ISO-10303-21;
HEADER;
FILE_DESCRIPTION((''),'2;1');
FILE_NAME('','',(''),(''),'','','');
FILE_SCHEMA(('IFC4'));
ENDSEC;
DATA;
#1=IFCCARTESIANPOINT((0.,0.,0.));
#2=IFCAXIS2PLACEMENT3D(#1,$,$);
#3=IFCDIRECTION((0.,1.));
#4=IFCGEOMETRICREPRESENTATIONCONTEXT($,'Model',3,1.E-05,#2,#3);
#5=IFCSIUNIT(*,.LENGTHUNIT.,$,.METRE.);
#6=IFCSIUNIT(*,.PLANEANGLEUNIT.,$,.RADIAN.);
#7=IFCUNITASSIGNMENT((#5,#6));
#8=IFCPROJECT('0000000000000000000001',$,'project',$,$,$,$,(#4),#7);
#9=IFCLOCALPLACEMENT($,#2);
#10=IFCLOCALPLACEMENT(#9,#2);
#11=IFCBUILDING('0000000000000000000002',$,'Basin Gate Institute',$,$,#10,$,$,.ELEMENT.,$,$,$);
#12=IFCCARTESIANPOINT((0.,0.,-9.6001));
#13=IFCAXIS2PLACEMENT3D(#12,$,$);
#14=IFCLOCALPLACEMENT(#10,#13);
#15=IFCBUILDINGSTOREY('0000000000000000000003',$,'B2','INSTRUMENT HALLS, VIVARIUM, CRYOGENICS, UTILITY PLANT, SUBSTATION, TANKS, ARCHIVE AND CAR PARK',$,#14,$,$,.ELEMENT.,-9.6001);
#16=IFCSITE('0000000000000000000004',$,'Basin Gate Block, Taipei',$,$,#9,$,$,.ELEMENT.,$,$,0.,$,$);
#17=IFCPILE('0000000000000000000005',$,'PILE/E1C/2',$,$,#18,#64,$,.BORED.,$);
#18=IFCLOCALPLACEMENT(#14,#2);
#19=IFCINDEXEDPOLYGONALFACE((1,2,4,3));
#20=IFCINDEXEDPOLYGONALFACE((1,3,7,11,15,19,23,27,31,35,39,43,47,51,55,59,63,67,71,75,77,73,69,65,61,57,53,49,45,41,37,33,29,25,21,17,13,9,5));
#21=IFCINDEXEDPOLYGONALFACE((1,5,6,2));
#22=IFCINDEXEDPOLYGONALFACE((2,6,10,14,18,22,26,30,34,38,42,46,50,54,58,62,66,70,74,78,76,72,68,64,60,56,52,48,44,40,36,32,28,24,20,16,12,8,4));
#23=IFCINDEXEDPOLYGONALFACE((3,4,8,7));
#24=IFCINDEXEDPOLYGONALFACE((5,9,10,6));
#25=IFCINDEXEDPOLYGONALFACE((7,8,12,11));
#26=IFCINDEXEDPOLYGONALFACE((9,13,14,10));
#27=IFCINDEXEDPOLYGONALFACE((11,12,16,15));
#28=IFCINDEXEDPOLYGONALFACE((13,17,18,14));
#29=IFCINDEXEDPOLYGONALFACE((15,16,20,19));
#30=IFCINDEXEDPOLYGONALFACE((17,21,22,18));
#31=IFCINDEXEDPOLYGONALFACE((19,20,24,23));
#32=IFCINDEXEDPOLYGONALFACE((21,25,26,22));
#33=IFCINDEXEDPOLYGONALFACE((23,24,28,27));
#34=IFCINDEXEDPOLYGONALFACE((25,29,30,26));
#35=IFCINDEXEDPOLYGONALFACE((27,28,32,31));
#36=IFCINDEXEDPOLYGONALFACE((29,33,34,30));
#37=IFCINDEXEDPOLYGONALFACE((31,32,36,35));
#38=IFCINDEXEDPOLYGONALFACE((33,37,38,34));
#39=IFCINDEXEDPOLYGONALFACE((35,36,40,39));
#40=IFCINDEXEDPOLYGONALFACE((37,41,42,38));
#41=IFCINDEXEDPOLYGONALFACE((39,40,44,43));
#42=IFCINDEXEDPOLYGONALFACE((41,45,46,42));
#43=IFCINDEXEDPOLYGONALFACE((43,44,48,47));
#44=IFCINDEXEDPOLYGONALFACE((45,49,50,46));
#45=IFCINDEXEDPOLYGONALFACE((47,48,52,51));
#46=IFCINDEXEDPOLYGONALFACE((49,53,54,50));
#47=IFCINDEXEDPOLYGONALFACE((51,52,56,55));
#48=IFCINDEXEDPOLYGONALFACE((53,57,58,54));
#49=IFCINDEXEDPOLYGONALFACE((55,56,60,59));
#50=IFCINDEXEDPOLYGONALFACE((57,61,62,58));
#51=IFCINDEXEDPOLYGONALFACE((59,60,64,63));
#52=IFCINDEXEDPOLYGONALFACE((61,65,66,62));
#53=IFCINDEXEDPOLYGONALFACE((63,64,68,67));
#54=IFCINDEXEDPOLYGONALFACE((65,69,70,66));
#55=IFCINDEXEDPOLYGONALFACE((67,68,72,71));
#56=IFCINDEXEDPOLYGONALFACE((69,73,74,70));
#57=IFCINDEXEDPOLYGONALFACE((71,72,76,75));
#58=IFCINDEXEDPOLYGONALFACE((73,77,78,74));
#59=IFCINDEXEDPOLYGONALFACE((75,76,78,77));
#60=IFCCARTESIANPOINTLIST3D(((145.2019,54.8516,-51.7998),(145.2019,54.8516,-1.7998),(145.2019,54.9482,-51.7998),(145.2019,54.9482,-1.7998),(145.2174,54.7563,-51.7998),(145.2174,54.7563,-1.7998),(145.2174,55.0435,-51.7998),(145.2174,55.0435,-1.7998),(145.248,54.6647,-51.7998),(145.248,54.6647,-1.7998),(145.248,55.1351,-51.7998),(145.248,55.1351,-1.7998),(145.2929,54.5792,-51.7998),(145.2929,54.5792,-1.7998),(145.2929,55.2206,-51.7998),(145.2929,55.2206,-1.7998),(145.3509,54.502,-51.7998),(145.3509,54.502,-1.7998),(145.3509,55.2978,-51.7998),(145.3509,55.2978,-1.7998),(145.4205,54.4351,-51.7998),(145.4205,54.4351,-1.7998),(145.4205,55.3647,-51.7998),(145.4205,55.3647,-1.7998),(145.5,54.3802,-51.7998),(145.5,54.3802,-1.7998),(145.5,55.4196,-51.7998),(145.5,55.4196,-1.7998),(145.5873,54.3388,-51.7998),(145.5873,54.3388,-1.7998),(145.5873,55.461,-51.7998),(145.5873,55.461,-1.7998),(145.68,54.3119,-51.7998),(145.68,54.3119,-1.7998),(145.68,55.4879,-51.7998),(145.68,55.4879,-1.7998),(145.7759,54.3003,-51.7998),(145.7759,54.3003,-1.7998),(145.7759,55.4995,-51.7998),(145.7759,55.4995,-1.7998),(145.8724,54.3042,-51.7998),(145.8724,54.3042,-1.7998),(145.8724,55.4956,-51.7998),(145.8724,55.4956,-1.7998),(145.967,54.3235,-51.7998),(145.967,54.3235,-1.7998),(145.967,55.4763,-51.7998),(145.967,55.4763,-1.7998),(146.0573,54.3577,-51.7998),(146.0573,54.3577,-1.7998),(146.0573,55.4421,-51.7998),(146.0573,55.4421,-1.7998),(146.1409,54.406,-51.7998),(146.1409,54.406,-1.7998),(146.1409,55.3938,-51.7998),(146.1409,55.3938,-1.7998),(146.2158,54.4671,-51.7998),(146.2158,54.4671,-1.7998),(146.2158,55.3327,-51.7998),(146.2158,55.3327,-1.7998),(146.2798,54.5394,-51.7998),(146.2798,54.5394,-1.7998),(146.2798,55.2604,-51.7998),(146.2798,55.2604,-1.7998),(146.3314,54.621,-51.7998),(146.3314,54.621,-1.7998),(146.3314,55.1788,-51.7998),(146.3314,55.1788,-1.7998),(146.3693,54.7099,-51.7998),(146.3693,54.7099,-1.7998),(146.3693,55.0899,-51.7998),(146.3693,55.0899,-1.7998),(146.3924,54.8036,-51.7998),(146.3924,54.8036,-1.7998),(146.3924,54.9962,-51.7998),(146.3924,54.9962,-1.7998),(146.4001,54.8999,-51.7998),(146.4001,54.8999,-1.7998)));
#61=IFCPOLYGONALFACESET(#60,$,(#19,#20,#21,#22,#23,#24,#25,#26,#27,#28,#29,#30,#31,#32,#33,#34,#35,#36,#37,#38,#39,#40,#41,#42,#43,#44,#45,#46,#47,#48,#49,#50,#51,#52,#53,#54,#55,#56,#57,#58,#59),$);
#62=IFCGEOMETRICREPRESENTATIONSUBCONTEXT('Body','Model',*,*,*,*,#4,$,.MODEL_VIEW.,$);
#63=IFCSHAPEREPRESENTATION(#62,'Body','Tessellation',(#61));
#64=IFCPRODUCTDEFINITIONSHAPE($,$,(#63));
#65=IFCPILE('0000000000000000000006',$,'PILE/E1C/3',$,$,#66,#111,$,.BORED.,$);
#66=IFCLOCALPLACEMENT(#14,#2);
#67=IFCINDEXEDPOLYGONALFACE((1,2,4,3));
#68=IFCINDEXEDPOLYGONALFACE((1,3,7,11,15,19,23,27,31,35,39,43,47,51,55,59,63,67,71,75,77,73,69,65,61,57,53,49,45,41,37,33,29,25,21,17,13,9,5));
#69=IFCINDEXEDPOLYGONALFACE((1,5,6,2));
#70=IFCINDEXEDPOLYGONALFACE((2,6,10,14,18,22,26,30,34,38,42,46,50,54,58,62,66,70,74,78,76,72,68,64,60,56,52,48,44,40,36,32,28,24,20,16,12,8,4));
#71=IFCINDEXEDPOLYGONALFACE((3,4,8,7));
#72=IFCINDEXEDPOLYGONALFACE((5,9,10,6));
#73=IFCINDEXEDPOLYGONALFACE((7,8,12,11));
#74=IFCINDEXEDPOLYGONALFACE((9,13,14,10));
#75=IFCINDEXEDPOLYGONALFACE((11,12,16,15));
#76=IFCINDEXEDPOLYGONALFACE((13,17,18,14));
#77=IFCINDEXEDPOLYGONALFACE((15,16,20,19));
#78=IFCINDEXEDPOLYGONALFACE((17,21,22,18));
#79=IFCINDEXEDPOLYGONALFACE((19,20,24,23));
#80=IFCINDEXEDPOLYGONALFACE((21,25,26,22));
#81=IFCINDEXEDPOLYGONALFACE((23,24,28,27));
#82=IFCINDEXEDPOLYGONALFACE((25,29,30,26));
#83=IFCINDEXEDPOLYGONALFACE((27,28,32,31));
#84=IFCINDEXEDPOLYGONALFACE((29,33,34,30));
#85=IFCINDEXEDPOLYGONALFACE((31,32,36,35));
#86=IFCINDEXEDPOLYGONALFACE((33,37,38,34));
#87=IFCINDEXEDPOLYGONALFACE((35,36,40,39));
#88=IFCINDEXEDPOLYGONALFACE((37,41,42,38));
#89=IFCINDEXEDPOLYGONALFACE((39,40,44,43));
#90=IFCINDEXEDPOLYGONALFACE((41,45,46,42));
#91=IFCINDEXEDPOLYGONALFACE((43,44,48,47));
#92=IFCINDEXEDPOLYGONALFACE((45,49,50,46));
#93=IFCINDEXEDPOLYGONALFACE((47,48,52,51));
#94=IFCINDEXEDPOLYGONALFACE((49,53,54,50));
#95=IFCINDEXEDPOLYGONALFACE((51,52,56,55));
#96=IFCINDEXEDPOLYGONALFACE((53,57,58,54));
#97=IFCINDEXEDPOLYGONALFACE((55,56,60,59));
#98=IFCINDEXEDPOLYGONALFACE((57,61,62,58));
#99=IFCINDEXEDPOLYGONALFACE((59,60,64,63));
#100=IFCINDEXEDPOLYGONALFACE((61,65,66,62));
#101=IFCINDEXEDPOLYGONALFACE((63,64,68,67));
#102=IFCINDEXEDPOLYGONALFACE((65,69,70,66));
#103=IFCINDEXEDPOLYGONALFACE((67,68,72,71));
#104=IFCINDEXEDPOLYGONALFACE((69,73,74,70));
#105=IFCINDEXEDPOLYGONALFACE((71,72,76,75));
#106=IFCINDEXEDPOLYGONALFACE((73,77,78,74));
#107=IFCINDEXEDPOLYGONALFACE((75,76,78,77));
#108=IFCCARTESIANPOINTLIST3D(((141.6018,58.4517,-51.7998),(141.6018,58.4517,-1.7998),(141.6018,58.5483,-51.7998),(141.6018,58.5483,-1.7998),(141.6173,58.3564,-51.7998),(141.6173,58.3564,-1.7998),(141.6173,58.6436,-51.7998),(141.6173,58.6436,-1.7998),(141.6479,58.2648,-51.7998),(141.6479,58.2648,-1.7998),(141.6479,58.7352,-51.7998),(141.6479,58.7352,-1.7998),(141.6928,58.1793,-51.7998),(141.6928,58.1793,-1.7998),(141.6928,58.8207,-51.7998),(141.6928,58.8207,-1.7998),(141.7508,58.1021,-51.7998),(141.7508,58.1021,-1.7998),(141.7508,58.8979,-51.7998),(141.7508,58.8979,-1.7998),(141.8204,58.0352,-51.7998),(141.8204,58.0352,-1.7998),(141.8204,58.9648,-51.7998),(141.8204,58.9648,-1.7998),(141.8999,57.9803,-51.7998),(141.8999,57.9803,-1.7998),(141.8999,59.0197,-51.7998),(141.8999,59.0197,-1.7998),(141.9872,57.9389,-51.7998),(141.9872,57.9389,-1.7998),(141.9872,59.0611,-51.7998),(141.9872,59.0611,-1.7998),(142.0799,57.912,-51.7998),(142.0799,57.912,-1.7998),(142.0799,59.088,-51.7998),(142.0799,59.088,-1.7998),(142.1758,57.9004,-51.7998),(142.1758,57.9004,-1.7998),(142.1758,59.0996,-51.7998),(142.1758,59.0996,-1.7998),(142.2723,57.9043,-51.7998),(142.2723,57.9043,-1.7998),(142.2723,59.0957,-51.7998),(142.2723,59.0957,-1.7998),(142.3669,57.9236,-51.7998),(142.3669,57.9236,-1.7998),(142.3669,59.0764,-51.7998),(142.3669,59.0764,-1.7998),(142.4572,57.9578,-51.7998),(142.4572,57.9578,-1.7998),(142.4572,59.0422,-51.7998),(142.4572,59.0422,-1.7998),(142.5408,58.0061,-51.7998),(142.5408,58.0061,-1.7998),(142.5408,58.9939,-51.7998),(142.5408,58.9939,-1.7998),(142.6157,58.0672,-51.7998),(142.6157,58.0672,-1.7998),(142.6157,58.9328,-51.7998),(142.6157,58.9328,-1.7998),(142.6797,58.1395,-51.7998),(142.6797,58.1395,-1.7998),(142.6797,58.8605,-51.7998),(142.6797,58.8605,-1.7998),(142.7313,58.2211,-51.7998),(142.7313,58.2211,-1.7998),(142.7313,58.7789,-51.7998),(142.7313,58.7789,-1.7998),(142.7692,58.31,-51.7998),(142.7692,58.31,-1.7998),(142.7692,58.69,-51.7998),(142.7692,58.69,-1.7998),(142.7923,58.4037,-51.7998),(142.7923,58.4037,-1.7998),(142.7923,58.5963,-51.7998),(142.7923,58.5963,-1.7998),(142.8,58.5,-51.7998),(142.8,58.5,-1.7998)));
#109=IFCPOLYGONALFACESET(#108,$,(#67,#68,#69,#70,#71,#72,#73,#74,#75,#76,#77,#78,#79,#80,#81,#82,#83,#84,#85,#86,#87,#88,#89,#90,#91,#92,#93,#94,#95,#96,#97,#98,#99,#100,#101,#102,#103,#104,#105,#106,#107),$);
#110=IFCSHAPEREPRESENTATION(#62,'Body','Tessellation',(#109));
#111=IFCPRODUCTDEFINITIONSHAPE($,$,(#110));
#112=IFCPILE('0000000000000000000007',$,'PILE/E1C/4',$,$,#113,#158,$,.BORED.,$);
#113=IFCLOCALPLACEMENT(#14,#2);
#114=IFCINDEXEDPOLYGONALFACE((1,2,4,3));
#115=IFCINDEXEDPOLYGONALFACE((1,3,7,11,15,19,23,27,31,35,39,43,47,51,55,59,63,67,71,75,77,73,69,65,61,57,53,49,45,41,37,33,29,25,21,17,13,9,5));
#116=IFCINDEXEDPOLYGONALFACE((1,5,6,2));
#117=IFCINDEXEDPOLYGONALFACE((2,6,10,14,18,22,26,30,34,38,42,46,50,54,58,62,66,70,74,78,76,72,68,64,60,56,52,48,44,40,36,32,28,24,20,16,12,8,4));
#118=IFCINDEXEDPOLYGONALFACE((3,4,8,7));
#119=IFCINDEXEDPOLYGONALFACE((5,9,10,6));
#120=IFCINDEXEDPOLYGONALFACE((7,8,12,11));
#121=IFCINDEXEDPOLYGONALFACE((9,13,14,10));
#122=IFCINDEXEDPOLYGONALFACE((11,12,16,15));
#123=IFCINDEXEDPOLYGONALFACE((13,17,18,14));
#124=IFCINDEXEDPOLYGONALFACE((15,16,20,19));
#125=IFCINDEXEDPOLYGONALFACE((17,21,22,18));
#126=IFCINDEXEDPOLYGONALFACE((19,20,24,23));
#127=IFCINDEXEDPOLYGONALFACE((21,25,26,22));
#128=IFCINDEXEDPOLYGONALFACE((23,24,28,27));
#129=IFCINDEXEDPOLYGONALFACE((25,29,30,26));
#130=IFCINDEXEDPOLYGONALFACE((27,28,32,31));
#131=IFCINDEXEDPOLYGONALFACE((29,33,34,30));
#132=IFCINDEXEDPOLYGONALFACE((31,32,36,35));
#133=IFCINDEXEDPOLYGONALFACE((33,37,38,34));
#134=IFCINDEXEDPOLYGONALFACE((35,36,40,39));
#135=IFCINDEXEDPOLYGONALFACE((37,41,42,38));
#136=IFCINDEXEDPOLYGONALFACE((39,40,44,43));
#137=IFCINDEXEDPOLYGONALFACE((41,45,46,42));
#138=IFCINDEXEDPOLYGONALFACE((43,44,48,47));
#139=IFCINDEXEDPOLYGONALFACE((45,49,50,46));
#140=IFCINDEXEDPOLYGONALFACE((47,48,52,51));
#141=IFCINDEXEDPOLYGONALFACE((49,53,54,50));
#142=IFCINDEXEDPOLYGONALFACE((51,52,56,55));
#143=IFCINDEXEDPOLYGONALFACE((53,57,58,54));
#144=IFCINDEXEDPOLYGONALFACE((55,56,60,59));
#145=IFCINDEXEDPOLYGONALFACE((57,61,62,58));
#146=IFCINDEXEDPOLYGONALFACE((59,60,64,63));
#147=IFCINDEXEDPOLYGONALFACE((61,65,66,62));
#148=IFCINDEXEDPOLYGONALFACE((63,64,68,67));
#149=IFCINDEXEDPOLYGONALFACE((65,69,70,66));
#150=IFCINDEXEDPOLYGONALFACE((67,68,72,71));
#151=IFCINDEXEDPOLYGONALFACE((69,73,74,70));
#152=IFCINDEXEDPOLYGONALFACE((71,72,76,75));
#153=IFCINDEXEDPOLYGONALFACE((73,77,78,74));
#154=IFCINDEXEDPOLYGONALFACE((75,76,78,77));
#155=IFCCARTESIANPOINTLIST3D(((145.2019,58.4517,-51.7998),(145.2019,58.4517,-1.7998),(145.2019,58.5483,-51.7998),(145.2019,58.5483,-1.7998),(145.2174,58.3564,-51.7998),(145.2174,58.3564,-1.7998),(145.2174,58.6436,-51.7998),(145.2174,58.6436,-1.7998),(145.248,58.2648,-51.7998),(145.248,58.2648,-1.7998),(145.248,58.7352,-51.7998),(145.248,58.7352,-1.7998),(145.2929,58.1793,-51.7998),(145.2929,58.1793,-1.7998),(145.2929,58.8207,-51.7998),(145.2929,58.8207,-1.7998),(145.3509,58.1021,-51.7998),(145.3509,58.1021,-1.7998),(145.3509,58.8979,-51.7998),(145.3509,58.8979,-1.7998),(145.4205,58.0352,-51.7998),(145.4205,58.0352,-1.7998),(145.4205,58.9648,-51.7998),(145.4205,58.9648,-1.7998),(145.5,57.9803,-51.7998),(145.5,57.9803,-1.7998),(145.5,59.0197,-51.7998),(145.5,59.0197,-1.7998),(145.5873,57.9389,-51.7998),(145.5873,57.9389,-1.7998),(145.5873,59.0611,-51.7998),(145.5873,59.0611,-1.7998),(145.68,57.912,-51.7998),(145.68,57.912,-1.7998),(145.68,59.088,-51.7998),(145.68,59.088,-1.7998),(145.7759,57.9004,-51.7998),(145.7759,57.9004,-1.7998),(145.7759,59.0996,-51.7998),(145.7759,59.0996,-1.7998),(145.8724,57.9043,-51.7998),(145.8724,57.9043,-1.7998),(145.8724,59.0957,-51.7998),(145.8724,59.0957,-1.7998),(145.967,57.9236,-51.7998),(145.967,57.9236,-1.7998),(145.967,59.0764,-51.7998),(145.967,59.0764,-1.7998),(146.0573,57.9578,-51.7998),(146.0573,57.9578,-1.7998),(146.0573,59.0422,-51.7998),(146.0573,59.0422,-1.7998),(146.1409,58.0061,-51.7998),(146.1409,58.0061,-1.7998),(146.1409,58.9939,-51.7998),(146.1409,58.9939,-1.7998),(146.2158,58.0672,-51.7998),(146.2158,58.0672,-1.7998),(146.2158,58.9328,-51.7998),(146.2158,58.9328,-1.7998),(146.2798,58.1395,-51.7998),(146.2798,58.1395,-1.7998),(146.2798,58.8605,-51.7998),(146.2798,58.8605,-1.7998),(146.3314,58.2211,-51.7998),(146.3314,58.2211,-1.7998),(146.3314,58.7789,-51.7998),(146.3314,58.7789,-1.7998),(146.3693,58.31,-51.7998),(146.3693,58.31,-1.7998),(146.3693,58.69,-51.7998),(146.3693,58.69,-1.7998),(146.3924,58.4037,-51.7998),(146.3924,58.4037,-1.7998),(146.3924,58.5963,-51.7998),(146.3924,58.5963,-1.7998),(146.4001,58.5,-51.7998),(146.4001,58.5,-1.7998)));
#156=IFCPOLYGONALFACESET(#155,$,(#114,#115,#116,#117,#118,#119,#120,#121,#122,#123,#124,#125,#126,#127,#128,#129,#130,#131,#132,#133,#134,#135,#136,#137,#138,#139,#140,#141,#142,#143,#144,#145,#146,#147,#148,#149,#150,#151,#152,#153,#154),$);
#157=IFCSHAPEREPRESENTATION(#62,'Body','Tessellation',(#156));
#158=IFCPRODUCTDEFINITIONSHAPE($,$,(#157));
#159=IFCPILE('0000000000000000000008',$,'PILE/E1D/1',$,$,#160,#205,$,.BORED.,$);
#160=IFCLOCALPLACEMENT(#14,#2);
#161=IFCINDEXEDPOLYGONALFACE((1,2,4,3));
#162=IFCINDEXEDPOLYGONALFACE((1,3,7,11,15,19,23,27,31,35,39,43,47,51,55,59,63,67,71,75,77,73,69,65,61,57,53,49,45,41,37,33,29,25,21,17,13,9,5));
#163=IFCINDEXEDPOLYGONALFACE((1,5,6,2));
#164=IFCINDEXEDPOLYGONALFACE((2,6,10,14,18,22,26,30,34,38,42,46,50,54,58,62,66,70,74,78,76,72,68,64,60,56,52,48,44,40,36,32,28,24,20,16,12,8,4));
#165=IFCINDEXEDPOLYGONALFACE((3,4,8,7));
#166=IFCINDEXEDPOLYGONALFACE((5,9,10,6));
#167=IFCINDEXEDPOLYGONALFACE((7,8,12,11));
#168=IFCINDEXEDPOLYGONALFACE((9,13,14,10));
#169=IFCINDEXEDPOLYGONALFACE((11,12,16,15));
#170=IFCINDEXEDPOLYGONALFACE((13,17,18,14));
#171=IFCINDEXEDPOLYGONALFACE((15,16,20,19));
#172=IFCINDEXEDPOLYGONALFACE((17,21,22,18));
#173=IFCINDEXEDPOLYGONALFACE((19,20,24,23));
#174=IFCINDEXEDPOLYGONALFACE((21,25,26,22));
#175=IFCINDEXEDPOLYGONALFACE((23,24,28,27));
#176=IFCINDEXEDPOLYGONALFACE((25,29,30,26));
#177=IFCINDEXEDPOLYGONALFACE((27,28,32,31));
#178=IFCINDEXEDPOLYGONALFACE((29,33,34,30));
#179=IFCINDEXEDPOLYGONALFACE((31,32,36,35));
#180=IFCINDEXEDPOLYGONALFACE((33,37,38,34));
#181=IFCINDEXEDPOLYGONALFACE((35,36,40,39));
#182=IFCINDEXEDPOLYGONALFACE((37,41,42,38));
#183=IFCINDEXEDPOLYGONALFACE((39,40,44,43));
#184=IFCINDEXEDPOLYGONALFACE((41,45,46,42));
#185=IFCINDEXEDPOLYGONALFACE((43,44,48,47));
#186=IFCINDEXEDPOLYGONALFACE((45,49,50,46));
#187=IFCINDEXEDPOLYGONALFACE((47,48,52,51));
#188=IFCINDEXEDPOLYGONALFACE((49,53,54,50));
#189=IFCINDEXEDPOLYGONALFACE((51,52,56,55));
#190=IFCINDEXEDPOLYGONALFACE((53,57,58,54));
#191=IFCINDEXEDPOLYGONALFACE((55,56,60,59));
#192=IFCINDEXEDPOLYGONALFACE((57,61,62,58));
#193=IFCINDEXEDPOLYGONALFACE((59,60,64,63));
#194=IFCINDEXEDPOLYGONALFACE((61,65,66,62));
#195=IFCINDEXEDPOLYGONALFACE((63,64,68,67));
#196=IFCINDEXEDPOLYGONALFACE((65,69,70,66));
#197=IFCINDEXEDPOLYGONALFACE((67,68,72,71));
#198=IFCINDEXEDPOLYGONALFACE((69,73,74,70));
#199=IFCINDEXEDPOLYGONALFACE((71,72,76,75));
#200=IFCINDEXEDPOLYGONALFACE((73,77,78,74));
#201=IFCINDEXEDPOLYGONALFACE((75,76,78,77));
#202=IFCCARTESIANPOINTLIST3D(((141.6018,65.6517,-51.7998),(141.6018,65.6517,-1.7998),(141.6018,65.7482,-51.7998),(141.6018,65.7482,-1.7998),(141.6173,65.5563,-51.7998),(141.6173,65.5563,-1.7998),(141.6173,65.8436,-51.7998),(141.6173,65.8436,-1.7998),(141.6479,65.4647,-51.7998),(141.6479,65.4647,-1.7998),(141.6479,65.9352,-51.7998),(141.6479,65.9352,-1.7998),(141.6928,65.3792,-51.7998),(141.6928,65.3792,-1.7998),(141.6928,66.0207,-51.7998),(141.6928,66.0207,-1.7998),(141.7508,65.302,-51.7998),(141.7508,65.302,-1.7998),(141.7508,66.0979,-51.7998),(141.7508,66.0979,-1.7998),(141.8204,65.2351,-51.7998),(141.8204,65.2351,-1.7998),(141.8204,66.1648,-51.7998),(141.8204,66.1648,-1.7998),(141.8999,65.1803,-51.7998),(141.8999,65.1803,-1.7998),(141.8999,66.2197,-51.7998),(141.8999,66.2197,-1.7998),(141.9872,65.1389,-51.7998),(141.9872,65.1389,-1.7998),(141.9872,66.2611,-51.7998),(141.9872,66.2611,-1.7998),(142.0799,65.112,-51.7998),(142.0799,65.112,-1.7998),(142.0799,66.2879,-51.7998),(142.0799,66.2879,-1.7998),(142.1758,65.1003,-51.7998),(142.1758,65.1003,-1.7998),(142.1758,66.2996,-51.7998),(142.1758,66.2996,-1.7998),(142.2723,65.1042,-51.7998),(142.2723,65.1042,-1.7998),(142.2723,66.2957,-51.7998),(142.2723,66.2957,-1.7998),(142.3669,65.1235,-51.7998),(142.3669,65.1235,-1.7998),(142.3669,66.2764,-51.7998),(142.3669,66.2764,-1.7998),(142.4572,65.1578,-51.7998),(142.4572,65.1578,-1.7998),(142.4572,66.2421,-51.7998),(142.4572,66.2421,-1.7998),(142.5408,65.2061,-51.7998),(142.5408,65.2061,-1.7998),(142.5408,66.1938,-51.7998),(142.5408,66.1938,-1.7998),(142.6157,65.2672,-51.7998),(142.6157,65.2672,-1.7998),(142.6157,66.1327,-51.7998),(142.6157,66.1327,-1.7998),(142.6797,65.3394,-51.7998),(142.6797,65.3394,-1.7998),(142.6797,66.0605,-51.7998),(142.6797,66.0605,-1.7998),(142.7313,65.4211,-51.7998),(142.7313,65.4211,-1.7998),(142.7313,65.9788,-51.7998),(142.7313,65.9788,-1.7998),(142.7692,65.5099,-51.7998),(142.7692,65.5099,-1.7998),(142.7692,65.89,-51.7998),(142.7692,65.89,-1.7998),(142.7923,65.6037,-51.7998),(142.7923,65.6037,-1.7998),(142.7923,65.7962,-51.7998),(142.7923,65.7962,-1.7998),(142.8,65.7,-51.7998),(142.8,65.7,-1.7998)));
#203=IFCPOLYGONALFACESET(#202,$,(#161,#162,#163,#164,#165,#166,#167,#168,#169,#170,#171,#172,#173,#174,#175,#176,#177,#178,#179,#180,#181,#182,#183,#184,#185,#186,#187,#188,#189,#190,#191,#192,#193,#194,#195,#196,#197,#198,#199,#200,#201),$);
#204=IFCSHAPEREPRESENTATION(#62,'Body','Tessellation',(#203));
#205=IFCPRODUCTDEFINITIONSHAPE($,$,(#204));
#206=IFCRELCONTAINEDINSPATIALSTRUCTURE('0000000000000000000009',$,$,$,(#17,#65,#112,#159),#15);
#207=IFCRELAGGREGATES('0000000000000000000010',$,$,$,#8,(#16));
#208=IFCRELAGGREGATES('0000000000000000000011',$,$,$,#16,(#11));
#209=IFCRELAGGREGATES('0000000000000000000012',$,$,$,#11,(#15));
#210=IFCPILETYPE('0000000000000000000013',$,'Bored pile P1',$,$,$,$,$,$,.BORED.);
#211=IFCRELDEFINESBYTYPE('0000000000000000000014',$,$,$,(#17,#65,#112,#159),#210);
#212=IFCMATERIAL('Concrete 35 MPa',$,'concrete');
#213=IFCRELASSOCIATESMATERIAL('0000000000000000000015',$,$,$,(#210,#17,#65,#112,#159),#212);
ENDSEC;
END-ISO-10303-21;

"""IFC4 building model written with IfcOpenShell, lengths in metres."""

from ifc_helpers import new_model, si_unit, direction, frame, origin, origin_2d, place, context, subcontext, project, spatial, circle, extrude, material, material_profile, profile_set, type_object, element, save


model = new_model("IFC4")

# Units and contexts
model_context = context("Model", 3, precision=1e-05, world=origin(), true_north=direction((0.0, 1.0)))
body_context = subcontext(model_context, "Body", "Model", "MODEL_VIEW")
ifc_project = project(units=[si_unit("LENGTHUNIT", "METRE"), si_unit("PLANEANGLEUNIT", "RADIAN")], contexts=[model_context])

# Site, building, storey
site_placement = place(None, origin())
site = spatial("IfcSite", under=ifc_project, at=site_placement, Name="Basin Gate Block, Taipei", CompositionType="ELEMENT", RefElevation=0.0)
building_placement = place(site_placement, origin())
building = spatial("IfcBuilding", under=site, at=building_placement, Name="Basin Gate Institute", CompositionType="ELEMENT")
storey_placement = place(building_placement, frame((0.0, 0.0, -9.6001)))
storey = spatial("IfcBuildingStorey", under=building, at=storey_placement, Name="B2", Description="INSTRUMENT HALLS, VIVARIUM, CRYOGENICS, UTILITY PLANT, SUBSTATION, TANKS, ARCHIVE AND CAR PARK", CompositionType="ELEMENT", Elevation=-9.6001)

# Piles
ifc_material_1 = material(Name="Concrete 35 MPa", Category="concrete")
ifc_material_profile_1 = material_profile(ifc_material_1, circle(Radius=0.6001, at=origin_2d()), Name="Bored pile P1 1200 dia")
ifc_profile_set_1 = profile_set([ifc_material_profile_1], Name="Concrete 35 MPa")
pile_type = type_object("IfcPileType", Name="Bored pile P1", PredefinedType="BORED", material=ifc_profile_set_1)
for number, where, z_axis, x_axis, name in (
    (1, (145.8, 54.8999, -1.7998), (0.0, 0.0, -1.0), (1.0, 0.0, 0.0), "PILE/E1C/2"),
    (2, (142.2, 58.5, -1.7998), (0.0, 0.0, -1.0), (1.0, 0.0, 0.0), "PILE/E1C/3"),
    (3, (145.8, 58.5, -1.7998), (0.0, 0.0, -1.0), (1.0, 0.0, 0.0), "PILE/E1C/4"),
    (4, (142.2, 65.7, -1.7998), (0.0, 0.0, -1.0), (1.0, 0.0, 0.0), "PILE/E1D/1"),
):
    element("IfcPile", number, at=place(storey_placement, frame(where, z_axis=z_axis, x_axis=x_axis)), inside=storey, type_object=pile_type, material=ifc_profile_set_1, Name=name, PredefinedType="BORED", context=body_context, shape_type="SweptSolid", body=[
        extrude(circle(Radius=0.6001, at=origin_2d()), origin(), (0.0, 0.0, 1.0), 50.0),
    ])

save(model, "model.ifc")
